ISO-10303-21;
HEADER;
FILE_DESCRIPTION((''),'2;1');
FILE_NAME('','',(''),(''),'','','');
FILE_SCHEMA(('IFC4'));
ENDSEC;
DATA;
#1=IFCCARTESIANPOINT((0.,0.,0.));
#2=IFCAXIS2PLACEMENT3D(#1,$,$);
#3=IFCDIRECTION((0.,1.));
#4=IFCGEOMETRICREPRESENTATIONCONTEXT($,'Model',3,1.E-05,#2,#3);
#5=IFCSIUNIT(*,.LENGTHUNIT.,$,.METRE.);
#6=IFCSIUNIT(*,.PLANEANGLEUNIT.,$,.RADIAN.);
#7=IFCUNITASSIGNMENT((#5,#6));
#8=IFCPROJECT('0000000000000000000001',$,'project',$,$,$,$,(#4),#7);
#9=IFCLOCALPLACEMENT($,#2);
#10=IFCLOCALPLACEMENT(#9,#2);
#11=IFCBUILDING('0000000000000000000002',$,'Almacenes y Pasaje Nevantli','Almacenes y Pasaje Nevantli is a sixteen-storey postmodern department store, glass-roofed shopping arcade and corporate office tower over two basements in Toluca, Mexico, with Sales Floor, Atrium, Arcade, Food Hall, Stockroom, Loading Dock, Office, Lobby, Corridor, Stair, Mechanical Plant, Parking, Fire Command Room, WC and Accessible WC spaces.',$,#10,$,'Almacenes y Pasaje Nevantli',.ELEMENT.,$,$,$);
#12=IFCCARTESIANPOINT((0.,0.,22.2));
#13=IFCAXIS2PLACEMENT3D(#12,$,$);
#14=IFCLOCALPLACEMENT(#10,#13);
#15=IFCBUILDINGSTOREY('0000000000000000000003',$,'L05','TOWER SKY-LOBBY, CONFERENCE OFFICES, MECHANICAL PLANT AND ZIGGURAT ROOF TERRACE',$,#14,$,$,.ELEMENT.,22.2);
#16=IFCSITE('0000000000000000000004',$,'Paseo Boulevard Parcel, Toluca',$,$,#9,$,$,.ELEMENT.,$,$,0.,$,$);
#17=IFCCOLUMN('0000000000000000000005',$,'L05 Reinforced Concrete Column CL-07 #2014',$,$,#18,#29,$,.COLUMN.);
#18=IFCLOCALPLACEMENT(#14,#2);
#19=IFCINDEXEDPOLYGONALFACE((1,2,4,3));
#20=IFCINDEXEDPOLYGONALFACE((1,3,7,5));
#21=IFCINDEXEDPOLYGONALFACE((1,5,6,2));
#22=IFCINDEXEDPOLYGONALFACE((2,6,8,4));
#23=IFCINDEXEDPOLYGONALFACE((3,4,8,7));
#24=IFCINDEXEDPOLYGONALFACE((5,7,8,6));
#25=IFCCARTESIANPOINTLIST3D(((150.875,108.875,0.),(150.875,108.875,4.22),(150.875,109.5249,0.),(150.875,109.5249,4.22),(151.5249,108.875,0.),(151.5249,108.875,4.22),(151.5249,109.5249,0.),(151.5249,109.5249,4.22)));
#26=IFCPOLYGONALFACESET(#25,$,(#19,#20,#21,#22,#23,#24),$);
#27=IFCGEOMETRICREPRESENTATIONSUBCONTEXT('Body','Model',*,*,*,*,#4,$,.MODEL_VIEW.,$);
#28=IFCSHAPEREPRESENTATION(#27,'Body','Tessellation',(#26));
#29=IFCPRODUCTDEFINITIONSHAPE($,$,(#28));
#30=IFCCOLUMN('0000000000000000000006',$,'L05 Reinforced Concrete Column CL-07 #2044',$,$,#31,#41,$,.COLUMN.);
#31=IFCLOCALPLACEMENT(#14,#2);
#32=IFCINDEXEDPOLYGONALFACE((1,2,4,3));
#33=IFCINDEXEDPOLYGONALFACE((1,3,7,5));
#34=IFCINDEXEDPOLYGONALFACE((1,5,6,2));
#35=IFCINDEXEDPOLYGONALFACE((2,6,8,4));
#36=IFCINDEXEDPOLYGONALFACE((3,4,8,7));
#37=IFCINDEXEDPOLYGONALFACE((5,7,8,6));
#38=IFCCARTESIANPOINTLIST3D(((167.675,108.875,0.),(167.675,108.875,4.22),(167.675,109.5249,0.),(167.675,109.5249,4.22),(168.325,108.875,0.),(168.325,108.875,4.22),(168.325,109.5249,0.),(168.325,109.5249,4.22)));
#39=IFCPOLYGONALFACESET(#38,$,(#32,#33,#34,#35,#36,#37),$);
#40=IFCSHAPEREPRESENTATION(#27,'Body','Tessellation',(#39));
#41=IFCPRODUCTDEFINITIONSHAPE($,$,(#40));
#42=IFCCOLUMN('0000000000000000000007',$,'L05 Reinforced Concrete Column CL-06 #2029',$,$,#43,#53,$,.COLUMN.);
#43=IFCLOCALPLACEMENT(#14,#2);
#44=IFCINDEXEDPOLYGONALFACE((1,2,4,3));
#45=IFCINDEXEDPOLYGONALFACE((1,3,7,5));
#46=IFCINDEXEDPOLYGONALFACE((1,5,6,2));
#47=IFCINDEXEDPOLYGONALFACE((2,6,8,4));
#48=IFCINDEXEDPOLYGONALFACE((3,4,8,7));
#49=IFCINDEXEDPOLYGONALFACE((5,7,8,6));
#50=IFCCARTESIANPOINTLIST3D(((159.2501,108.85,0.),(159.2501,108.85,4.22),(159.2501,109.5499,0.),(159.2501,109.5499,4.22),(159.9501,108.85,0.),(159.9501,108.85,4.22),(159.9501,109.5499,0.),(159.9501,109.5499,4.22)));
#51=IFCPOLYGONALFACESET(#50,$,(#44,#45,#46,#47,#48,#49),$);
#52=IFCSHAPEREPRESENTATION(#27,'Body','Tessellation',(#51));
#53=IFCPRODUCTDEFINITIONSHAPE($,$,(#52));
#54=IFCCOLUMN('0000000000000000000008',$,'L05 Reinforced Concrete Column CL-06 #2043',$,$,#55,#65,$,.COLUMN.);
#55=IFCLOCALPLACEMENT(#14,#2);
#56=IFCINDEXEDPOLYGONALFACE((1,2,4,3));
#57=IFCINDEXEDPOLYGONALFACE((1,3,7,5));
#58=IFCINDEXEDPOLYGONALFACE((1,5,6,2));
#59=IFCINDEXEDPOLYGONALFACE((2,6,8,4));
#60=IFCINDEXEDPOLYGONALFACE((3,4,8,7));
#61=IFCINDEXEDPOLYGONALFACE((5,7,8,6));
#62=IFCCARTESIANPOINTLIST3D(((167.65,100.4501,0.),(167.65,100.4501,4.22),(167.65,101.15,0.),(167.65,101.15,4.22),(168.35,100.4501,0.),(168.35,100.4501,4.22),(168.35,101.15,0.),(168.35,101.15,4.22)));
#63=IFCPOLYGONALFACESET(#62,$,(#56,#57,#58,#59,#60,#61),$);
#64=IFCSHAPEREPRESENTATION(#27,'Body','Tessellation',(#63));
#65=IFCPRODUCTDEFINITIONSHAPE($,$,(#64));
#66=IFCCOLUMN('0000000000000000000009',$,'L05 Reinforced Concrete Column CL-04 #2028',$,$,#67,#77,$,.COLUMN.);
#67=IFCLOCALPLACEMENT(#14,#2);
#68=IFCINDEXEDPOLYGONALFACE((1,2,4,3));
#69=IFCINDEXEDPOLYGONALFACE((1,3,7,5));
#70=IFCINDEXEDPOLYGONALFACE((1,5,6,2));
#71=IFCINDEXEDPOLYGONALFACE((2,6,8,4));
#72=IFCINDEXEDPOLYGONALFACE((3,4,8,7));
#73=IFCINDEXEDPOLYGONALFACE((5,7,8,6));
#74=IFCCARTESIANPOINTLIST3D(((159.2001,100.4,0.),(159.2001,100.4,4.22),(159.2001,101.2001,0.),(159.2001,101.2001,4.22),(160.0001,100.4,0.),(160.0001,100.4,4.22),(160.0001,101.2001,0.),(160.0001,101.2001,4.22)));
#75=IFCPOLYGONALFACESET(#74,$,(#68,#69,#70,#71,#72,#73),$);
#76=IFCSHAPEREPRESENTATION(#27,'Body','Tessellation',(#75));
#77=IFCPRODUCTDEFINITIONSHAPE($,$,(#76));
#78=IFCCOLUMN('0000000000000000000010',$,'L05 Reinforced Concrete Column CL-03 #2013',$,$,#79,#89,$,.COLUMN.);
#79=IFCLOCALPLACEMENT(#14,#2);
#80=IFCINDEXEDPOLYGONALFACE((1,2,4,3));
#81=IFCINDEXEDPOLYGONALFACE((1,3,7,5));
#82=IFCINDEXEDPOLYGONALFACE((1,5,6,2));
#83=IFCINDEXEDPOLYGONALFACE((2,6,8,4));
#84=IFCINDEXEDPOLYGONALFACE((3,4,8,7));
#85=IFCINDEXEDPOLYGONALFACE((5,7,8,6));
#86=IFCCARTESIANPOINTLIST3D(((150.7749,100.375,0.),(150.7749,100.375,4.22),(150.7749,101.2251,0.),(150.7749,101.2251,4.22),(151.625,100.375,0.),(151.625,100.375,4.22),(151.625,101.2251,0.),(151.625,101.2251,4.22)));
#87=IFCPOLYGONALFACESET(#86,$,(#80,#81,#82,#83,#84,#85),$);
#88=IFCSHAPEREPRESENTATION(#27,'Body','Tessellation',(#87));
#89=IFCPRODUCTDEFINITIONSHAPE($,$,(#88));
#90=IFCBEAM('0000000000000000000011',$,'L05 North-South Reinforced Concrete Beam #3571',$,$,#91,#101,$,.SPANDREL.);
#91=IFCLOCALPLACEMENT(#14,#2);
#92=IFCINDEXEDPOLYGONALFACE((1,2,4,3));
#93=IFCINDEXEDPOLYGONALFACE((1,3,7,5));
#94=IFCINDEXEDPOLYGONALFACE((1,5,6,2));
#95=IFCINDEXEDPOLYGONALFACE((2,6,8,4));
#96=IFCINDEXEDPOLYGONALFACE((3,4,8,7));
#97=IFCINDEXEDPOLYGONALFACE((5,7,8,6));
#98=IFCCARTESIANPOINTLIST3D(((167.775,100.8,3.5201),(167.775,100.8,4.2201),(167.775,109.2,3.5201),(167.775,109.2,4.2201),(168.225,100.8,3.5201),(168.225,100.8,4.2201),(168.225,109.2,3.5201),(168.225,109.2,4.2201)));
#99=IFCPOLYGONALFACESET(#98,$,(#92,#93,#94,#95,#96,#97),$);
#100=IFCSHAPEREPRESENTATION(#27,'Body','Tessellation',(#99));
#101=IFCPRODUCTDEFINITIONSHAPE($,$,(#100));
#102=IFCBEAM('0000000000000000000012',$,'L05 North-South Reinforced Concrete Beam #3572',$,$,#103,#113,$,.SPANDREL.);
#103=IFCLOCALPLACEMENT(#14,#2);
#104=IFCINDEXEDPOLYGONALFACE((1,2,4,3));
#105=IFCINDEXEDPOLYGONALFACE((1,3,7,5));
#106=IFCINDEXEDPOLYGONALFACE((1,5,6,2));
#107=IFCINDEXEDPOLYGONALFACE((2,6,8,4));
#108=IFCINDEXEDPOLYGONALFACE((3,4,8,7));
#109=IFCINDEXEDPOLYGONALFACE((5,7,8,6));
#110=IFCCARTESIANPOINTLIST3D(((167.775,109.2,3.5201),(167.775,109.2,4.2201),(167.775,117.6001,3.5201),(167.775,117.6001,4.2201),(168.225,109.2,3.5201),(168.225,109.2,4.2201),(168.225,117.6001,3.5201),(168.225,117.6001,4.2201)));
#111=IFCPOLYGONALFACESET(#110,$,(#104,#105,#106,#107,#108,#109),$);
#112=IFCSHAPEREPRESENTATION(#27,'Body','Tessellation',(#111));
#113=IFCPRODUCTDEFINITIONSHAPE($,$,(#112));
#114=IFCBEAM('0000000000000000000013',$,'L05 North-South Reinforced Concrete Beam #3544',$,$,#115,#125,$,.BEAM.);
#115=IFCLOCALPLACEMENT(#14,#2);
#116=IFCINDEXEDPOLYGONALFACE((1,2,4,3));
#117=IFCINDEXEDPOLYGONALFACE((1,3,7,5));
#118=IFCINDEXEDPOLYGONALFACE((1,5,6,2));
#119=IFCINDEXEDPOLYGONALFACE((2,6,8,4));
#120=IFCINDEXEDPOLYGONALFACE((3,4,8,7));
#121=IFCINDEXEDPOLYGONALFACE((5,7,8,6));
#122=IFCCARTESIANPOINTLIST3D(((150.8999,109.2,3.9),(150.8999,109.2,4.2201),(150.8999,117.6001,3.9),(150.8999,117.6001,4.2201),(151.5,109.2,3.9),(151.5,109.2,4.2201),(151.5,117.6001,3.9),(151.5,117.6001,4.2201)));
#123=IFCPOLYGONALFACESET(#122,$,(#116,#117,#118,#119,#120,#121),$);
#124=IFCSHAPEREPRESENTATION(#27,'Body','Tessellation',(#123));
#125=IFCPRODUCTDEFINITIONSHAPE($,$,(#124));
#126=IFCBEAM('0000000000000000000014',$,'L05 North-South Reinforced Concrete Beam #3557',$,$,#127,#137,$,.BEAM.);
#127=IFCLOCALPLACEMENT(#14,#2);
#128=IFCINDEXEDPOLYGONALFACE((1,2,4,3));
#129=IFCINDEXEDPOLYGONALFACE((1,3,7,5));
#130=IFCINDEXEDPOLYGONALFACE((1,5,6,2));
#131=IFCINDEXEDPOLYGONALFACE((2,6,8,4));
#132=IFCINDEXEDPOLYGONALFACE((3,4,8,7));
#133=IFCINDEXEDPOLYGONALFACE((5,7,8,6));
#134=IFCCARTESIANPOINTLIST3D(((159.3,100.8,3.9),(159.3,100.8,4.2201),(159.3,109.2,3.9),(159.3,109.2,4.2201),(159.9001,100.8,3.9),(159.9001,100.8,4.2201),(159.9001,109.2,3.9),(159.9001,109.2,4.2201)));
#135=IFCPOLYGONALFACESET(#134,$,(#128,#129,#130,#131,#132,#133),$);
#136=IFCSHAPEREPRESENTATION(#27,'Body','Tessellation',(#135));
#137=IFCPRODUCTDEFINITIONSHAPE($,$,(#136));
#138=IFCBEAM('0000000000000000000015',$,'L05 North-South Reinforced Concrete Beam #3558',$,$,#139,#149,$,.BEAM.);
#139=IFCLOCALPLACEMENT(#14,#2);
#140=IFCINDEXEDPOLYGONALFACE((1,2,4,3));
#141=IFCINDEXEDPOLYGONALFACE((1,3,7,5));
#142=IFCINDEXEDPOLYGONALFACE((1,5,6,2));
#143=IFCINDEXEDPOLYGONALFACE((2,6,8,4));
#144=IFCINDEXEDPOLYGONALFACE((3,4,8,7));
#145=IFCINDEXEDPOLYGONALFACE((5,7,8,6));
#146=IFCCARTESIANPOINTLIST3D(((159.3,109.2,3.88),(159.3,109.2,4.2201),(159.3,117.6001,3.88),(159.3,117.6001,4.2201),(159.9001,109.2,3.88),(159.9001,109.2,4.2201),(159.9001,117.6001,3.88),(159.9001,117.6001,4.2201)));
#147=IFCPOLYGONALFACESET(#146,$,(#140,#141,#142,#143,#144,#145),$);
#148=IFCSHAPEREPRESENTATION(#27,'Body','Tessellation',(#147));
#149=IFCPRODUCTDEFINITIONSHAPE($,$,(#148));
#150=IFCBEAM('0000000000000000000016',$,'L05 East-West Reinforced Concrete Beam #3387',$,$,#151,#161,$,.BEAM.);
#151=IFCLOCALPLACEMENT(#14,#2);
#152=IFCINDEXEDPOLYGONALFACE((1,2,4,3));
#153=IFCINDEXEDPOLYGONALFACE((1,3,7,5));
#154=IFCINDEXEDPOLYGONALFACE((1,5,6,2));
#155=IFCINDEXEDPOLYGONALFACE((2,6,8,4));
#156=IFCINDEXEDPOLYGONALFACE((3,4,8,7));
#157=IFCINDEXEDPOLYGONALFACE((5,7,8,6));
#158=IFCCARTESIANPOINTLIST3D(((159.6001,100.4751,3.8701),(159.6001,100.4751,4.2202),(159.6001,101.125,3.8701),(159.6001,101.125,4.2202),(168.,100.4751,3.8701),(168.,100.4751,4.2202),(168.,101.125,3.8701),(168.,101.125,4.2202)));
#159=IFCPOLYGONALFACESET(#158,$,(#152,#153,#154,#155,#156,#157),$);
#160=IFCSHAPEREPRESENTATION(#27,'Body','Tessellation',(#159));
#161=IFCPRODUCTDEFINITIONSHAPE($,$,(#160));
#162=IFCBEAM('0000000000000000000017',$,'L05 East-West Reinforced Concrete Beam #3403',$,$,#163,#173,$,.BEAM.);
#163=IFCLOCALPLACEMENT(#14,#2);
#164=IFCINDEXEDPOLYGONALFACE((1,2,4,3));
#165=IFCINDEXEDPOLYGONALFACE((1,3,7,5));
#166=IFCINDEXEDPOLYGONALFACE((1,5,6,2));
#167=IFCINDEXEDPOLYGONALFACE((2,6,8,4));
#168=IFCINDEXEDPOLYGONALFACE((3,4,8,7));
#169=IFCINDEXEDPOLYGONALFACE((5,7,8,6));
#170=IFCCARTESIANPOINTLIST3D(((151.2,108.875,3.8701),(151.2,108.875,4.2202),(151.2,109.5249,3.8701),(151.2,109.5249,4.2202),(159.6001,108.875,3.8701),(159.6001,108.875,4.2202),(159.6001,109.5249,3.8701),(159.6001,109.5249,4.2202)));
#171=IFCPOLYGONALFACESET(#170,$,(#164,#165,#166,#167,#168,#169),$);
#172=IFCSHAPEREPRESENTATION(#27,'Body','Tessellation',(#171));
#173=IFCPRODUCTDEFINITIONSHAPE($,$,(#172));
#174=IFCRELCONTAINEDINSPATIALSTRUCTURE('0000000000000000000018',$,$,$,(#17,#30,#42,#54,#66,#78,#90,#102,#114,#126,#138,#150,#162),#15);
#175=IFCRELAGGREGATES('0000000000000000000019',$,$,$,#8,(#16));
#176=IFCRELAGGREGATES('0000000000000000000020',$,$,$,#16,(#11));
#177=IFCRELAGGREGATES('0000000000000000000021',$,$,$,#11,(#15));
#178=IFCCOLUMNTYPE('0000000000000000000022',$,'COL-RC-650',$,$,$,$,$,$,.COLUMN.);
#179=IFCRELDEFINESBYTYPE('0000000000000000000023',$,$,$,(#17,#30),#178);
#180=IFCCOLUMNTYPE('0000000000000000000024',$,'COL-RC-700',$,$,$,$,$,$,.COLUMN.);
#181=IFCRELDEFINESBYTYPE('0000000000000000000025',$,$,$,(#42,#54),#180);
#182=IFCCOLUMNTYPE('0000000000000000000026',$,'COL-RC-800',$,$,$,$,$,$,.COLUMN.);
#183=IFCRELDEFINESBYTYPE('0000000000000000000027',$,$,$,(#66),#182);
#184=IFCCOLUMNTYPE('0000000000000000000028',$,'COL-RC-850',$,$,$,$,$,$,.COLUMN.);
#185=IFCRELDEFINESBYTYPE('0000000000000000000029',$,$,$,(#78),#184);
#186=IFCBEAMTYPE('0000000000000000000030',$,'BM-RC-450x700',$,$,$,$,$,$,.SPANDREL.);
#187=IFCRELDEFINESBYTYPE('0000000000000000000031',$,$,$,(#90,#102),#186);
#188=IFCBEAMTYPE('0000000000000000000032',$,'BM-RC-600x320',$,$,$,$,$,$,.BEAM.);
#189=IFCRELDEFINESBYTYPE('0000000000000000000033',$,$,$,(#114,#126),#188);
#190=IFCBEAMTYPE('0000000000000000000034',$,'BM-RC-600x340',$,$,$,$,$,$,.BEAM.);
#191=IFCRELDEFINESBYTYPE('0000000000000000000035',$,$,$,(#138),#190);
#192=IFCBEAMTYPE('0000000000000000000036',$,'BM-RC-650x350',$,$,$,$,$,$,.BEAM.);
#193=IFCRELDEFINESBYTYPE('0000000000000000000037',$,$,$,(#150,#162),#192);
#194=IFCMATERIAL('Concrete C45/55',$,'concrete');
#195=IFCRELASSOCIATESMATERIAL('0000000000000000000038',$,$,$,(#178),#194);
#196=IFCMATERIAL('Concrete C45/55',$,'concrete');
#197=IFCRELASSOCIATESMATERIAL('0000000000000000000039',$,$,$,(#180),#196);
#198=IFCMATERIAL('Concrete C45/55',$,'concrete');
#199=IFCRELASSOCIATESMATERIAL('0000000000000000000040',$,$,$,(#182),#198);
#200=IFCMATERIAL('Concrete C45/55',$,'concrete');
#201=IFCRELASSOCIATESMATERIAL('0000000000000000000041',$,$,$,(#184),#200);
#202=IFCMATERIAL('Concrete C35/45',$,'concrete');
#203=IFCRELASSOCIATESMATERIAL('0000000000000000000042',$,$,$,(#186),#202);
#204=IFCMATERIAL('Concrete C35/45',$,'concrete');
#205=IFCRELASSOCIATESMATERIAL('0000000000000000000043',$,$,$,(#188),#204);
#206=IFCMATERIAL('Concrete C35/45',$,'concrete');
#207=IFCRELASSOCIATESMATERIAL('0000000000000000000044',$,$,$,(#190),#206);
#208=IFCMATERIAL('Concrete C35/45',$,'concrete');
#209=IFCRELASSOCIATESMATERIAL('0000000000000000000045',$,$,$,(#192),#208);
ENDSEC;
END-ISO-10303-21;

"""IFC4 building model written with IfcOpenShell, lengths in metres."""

from ifc_helpers import new_model, si_unit, direction, frame, origin, origin_2d, place, context, subcontext, project, spatial, rectangle, extrude, material, material_profile, profile_set, type_object, element, save


model = new_model("IFC4")

# Units and contexts
model_context = context("Model", 3, precision=1e-05, world=origin(), true_north=direction((0.0, 1.0)))
body_context = subcontext(model_context, "Body", "Model", "MODEL_VIEW")
ifc_project = project(units=[si_unit("LENGTHUNIT", "METRE"), si_unit("PLANEANGLEUNIT", "RADIAN")], contexts=[model_context])

# Site, building, storey
site_placement = place(None, origin())
site = spatial("IfcSite", under=ifc_project, at=site_placement, Name="Paseo Boulevard Parcel, Toluca", CompositionType="ELEMENT", RefElevation=0.0)
building_placement = place(site_placement, origin())
building = spatial("IfcBuilding", under=site, at=building_placement, Name="Almacenes y Pasaje Nevantli", Description="Almacenes y Pasaje Nevantli is a sixteen-storey postmodern department store, glass-roofed shopping arcade and corporate office tower over two basements in Toluca, Mexico, with Sales Floor, Atrium, Arcade, Food Hall, Stockroom, Loading Dock, Office, Lobby, Corridor, Stair, Mechanical Plant, Parking, Fire Command Room, WC and Accessible WC spaces.", LongName="Almacenes y Pasaje Nevantli", CompositionType="ELEMENT")
storey_placement = place(building_placement, frame((0.0, 0.0, 22.2)))
storey = spatial("IfcBuildingStorey", under=building, at=storey_placement, Name="L05", Description="TOWER SKY-LOBBY, CONFERENCE OFFICES, MECHANICAL PLANT AND ZIGGURAT ROOF TERRACE", CompositionType="ELEMENT", Elevation=22.2)

# Columns
ifc_material_1 = material(Name="Concrete C45/55", Category="concrete")
ifc_material_profile_1 = material_profile(ifc_material_1, rectangle(XDim=0.6499, YDim=0.6499, at=origin_2d()), Name="RC-COL-650x650")
ifc_profile_set_1 = profile_set([ifc_material_profile_1], Name="Concrete C45/55")
column_type_1 = type_object("IfcColumnType", Name="COL-RC-650", PredefinedType="COLUMN", material=ifc_profile_set_1)
for number, where, z_axis, x_axis, name in (
    (1, (151.2, 109.2, 0.0), (0.0, 0.0, 1.0), (1.0, 0.0, 0.0), "L05 Reinforced Concrete Column CL-07 #2014"),
    (2, (168.0, 109.2, 0.0), (0.0, 0.0, 1.0), (1.0, 0.0, 0.0), "L05 Reinforced Concrete Column CL-07 #2044"),
):
    element("IfcColumn", number, at=place(storey_placement, frame(where, z_axis=z_axis, x_axis=x_axis)), inside=storey, type_object=column_type_1, Name=name, PredefinedType="COLUMN", context=body_context, shape_type="SweptSolid", body=[
        extrude(rectangle(XDim=0.6499, YDim=0.6499, at=origin_2d()), origin(), (0.0, 0.0, 1.0), 4.22),
    ])
ifc_material_2 = material(Name="Concrete C45/55", Category="concrete")
ifc_material_profile_2 = material_profile(ifc_material_2, rectangle(XDim=0.7, YDim=0.7, at=origin_2d()), Name="RC-COL-700x700")
ifc_profile_set_2 = profile_set([ifc_material_profile_2], Name="Concrete C45/55")
column_type_2 = type_object("IfcColumnType", Name="COL-RC-700", PredefinedType="COLUMN", material=ifc_profile_set_2)
for number, where, z_axis, x_axis, name in (
    (3, (159.6001, 109.2, 0.0), (0.0, 0.0, 1.0), (1.0, 0.0, 0.0), "L05 Reinforced Concrete Column CL-06 #2029"),
    (4, (168.0, 100.8, 0.0), (0.0, 0.0, 1.0), (1.0, 0.0, 0.0), "L05 Reinforced Concrete Column CL-06 #2043"),
):
    element("IfcColumn", number, at=place(storey_placement, frame(where, z_axis=z_axis, x_axis=x_axis)), inside=storey, type_object=column_type_2, Name=name, PredefinedType="COLUMN", context=body_context, shape_type="SweptSolid", body=[
        extrude(rectangle(XDim=0.7, YDim=0.7, at=origin_2d()), origin(), (0.0, 0.0, 1.0), 4.22),
    ])
ifc_material_3 = material(Name="Concrete C45/55", Category="concrete")
ifc_material_profile_3 = material_profile(ifc_material_3, rectangle(XDim=0.8, YDim=0.8, at=origin_2d()), Name="RC-COL-800x800")
ifc_profile_set_3 = profile_set([ifc_material_profile_3], Name="Concrete C45/55")
column_type_3 = type_object("IfcColumnType", Name="COL-RC-800", PredefinedType="COLUMN", material=ifc_profile_set_3)
column_1_placement = place(storey_placement, frame((159.6001, 100.8, 0.0), z_axis=(0.0, 0.0, 1.0), x_axis=(1.0, 0.0, 0.0)))
element("IfcColumn", 5, at=column_1_placement, inside=storey, type_object=column_type_3, Name="L05 Reinforced Concrete Column CL-04 #2028", PredefinedType="COLUMN", context=body_context, shape_type="SweptSolid", body=[
    extrude(rectangle(XDim=0.8, YDim=0.8, at=origin_2d()), origin(), (0.0, 0.0, 1.0), 4.22),
])
ifc_material_4 = material(Name="Concrete C45/55", Category="concrete")
ifc_material_profile_4 = material_profile(ifc_material_4, rectangle(XDim=0.8501, YDim=0.8501, at=origin_2d()), Name="RC-COL-850x850")
ifc_profile_set_4 = profile_set([ifc_material_profile_4], Name="Concrete C45/55")
column_type_4 = type_object("IfcColumnType", Name="COL-RC-850", PredefinedType="COLUMN", material=ifc_profile_set_4)
column_2_placement = place(storey_placement, frame((151.2, 100.8, 0.0), z_axis=(0.0, 0.0, 1.0), x_axis=(1.0, 0.0, 0.0)))
element("IfcColumn", 6, at=column_2_placement, inside=storey, type_object=column_type_4, Name="L05 Reinforced Concrete Column CL-03 #2013", PredefinedType="COLUMN", context=body_context, shape_type="SweptSolid", body=[
    extrude(rectangle(XDim=0.8501, YDim=0.8501, at=origin_2d()), origin(), (0.0, 0.0, 1.0), 4.22),
])

# Beams
ifc_material_5 = material(Name="Concrete C35/45", Category="concrete")
ifc_material_profile_5 = material_profile(ifc_material_5, rectangle(XDim=0.45, YDim=0.7, at=origin_2d()), Name="RC-BM-450x700")
ifc_profile_set_5 = profile_set([ifc_material_profile_5], Name="Concrete C35/45")
beam_type_1 = type_object("IfcBeamType", Name="BM-RC-450x700", PredefinedType="SPANDREL", material=ifc_profile_set_5)
beam_1_placement = place(storey_placement, frame((168.0, 100.8, 3.8701), z_axis=(0.0, 1.0, 0.0), x_axis=(-1.0, 0.0, 0.0)))
element("IfcBeam", 7, at=beam_1_placement, inside=storey, type_object=beam_type_1, Name="L05 North-South Reinforced Concrete Beam #3571", PredefinedType="SPANDREL", context=body_context, shape_type="SweptSolid", body=[
    extrude(rectangle(XDim=0.45, YDim=0.7, at=origin_2d()), origin(), (0.0, 0.0, 1.0), 8.3999),
])
beam_2_placement = place(storey_placement, frame((168.0, 109.2, 3.8701), z_axis=(0.0, 1.0, 0.0), x_axis=(-1.0, 0.0, 0.0)))
element("IfcBeam", 8, at=beam_2_placement, inside=storey, type_object=beam_type_1, Name="L05 North-South Reinforced Concrete Beam #3572", PredefinedType="SPANDREL", context=body_context, shape_type="SweptSolid", body=[
    extrude(rectangle(XDim=0.45, YDim=0.7, at=origin_2d()), origin(), (0.0, 0.0, 1.0), 8.4001),
])
ifc_material_6 = material(Name="Concrete C35/45", Category="concrete")
ifc_material_profile_6 = material_profile(ifc_material_6, rectangle(XDim=0.6001, YDim=0.3201, at=origin_2d()), Name="RC-BM-600x320")
ifc_profile_set_6 = profile_set([ifc_material_profile_6], Name="Concrete C35/45")
beam_type_2 = type_object("IfcBeamType", Name="BM-RC-600x320", PredefinedType="BEAM", material=ifc_profile_set_6)
beam_3_placement = place(storey_placement, frame((151.2, 109.2, 4.0601), z_axis=(0.0, 1.0, 0.0), x_axis=(-1.0, 0.0, 0.0)))
element("IfcBeam", 9, at=beam_3_placement, inside=storey, type_object=beam_type_2, Name="L05 North-South Reinforced Concrete Beam #3544", PredefinedType="BEAM", context=body_context, shape_type="SweptSolid", body=[
    extrude(rectangle(XDim=0.6001, YDim=0.3201, at=origin_2d()), origin(), (0.0, 0.0, 1.0), 8.4001),
])
beam_4_placement = place(storey_placement, frame((159.6001, 100.8, 4.0601), z_axis=(0.0, 1.0, 0.0), x_axis=(-1.0, 0.0, 0.0)))
element("IfcBeam", 10, at=beam_4_placement, inside=storey, type_object=beam_type_2, Name="L05 North-South Reinforced Concrete Beam #3557", PredefinedType="BEAM", context=body_context, shape_type="SweptSolid", body=[
    extrude(rectangle(XDim=0.6001, YDim=0.3201, at=origin_2d()), origin(), (0.0, 0.0, 1.0), 8.3999),
])
ifc_material_7 = material(Name="Concrete C35/45", Category="concrete")
ifc_material_profile_7 = material_profile(ifc_material_7, rectangle(XDim=0.6001, YDim=0.3401, at=origin_2d()), Name="RC-BM-600x340")
ifc_profile_set_7 = profile_set([ifc_material_profile_7], Name="Concrete C35/45")
beam_type_3 = type_object("IfcBeamType", Name="BM-RC-600x340", PredefinedType="BEAM", material=ifc_profile_set_7)
beam_5_placement = place(storey_placement, frame((159.6001, 109.2, 4.05), z_axis=(0.0, 1.0, 0.0), x_axis=(-1.0, 0.0, 0.0)))
element("IfcBeam", 11, at=beam_5_placement, inside=storey, type_object=beam_type_3, Name="L05 North-South Reinforced Concrete Beam #3558", PredefinedType="BEAM", context=body_context, shape_type="SweptSolid", body=[
    extrude(rectangle(XDim=0.6001, YDim=0.3401, at=origin_2d()), origin(), (0.0, 0.0, 1.0), 8.4001),
])
ifc_material_8 = material(Name="Concrete C35/45", Category="concrete")
ifc_material_profile_8 = material_profile(ifc_material_8, rectangle(XDim=0.6499, YDim=0.3501, at=origin_2d()), Name="RC-BM-650x350")
ifc_profile_set_8 = profile_set([ifc_material_profile_8], Name="Concrete C35/45")
beam_type_4 = type_object("IfcBeamType", Name="BM-RC-650x350", PredefinedType="BEAM", material=ifc_profile_set_8)
beam_6_placement = place(storey_placement, frame((159.6001, 100.8, 4.0452), z_axis=(1.0, 0.0, 0.0), x_axis=(0.0, 1.0, 0.0)))
element("IfcBeam", 12, at=beam_6_placement, inside=storey, type_object=beam_type_4, Name="L05 East-West Reinforced Concrete Beam #3387", PredefinedType="BEAM", context=body_context, shape_type="SweptSolid", body=[
    extrude(rectangle(XDim=0.6499, YDim=0.3501, at=origin_2d()), origin(), (0.0, 0.0, 1.0), 8.3999),
])
beam_7_placement = place(storey_placement, frame((151.2, 109.2, 4.0452), z_axis=(1.0, 0.0, 0.0), x_axis=(0.0, 1.0, 0.0)))
element("IfcBeam", 13, at=beam_7_placement, inside=storey, type_object=beam_type_4, Name="L05 East-West Reinforced Concrete Beam #3403", PredefinedType="BEAM", context=body_context, shape_type="SweptSolid", body=[
    extrude(rectangle(XDim=0.6499, YDim=0.3501, at=origin_2d()), origin(), (0.0, 0.0, 1.0), 8.4001),
])

save(model, "model.ifc")
